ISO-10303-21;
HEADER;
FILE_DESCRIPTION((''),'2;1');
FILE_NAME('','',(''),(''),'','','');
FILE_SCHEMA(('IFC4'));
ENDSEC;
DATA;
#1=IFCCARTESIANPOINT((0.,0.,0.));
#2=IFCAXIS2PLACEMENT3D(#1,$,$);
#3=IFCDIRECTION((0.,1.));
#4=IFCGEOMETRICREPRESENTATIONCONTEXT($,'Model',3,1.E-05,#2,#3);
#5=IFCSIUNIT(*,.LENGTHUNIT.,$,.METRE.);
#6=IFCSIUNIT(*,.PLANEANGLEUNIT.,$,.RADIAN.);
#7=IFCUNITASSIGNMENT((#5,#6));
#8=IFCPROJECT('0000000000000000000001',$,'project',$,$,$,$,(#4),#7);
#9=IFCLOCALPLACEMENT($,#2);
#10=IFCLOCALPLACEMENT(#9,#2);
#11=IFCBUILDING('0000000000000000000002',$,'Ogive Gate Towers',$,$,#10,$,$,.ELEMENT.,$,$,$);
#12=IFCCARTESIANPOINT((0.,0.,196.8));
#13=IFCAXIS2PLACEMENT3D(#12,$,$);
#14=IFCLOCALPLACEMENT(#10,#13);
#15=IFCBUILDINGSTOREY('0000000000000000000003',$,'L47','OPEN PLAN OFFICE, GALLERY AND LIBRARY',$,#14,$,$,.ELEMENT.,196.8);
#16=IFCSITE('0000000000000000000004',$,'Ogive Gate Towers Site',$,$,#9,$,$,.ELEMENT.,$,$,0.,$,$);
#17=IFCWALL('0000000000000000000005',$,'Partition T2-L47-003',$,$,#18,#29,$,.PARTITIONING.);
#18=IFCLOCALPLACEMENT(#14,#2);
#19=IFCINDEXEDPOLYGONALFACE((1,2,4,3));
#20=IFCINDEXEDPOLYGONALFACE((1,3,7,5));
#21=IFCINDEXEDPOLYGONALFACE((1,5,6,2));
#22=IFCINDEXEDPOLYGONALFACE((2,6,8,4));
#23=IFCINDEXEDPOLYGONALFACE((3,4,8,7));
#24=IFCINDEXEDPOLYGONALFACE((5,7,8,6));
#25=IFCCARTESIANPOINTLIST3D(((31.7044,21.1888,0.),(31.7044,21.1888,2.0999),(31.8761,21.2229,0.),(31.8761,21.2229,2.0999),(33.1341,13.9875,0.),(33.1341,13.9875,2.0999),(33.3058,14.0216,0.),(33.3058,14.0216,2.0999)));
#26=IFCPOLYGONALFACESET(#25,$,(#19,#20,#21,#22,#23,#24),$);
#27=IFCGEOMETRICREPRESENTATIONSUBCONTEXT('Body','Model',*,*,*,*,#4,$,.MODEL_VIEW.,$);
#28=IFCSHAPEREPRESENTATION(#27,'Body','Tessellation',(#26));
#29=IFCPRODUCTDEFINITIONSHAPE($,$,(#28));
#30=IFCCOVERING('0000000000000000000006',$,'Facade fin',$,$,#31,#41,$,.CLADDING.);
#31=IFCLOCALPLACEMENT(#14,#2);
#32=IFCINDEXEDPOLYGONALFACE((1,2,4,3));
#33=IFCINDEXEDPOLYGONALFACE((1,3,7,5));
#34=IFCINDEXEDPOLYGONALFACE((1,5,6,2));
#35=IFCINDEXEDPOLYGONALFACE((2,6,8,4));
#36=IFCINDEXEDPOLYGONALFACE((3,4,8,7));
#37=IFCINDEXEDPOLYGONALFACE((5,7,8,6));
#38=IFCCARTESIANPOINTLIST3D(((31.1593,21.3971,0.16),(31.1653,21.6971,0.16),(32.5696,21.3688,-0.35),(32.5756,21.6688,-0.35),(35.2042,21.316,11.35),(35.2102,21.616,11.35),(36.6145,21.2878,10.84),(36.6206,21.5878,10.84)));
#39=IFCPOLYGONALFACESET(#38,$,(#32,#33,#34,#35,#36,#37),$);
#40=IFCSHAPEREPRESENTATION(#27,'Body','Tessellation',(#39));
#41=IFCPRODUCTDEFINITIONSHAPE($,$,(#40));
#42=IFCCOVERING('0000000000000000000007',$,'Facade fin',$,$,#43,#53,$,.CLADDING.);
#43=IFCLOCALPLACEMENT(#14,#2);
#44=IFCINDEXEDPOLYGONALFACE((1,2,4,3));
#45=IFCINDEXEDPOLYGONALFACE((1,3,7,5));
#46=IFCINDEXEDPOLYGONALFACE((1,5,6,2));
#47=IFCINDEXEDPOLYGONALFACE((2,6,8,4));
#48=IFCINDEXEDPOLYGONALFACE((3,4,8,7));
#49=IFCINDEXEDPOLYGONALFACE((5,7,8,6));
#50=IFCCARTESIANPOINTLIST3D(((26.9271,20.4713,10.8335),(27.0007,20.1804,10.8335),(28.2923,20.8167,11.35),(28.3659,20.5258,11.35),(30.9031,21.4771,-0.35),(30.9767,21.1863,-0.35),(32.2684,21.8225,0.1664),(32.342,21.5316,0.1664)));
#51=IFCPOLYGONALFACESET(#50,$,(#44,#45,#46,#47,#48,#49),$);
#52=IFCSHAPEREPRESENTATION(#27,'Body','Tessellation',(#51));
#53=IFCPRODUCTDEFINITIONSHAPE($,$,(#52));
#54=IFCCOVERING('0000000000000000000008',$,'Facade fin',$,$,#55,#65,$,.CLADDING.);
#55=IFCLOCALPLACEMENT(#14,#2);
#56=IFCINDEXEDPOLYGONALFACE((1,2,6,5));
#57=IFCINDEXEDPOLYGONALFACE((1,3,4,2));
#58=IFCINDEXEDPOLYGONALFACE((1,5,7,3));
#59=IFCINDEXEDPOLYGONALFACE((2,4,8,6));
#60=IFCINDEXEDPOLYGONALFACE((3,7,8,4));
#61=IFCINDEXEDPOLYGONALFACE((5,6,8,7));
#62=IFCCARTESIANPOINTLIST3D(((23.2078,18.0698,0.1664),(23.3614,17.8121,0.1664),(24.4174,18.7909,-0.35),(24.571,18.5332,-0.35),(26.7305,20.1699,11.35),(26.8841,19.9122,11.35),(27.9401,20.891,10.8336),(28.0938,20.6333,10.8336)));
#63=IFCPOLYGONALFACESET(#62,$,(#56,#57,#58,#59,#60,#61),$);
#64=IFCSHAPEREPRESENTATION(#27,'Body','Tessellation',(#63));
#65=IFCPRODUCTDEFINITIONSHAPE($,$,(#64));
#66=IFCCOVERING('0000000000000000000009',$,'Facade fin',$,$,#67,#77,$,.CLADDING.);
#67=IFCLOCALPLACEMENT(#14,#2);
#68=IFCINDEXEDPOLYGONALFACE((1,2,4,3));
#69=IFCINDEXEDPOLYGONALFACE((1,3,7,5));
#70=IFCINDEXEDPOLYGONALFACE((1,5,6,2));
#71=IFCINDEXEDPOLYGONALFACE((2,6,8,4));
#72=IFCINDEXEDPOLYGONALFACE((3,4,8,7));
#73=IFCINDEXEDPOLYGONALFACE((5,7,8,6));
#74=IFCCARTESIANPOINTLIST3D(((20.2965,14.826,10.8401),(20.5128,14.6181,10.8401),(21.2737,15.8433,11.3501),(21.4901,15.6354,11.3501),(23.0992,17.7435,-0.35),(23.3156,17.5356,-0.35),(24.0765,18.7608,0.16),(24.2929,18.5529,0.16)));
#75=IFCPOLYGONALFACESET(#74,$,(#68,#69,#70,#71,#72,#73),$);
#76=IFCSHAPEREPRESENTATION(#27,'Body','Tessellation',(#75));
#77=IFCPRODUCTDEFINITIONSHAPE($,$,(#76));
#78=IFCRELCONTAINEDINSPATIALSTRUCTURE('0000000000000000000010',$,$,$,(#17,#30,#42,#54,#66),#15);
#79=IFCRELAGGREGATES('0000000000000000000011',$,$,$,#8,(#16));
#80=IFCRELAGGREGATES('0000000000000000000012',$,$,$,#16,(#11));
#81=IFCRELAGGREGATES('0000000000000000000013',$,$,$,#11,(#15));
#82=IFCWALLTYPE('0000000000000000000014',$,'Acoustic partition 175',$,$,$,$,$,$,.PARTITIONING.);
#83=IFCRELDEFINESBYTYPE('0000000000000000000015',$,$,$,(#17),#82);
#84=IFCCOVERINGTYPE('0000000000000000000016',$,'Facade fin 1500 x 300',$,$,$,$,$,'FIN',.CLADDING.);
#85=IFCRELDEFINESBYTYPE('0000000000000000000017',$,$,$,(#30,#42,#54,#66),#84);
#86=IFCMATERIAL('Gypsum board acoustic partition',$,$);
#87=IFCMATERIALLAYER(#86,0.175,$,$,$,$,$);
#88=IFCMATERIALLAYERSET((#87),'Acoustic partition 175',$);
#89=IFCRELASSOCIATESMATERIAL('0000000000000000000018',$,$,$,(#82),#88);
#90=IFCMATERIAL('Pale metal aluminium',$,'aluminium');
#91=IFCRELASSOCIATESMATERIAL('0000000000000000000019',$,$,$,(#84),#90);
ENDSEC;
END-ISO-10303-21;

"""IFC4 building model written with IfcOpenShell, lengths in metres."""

from ifc_helpers import new_model, si_unit, direction, frame, frame_2d, origin, origin_2d, place, context, subcontext, project, spatial, rectangle, extrude, material, layer, layer_set, material_profile, profile_set, type_object, element, save


model = new_model("IFC4")

# Units and contexts
model_context = context("Model", 3, precision=1e-05, world=origin(), true_north=direction((0.0, 1.0)))
body_context = subcontext(model_context, "Body", "Model", "MODEL_VIEW")
ifc_project = project(units=[si_unit("LENGTHUNIT", "METRE"), si_unit("PLANEANGLEUNIT", "RADIAN")], contexts=[model_context])

# Site, building, storey
site_placement = place(None, origin())
site = spatial("IfcSite", under=ifc_project, at=site_placement, Name="Ogive Gate Towers Site", CompositionType="ELEMENT", RefElevation=0.0)
building_placement = place(site_placement, origin())
building = spatial("IfcBuilding", under=site, at=building_placement, Name="Ogive Gate Towers", CompositionType="ELEMENT")
storey_placement = place(building_placement, frame((0.0, 0.0, 196.8)))
storey = spatial("IfcBuildingStorey", under=building, at=storey_placement, Name="L47", Description="OPEN PLAN OFFICE, GALLERY AND LIBRARY", CompositionType="ELEMENT", Elevation=196.8)

# Shared definitions
ifc_material_1 = material(Name="Pale metal aluminium", Category="aluminium")

# Wall
ifc_material_2 = material(Name="Gypsum board acoustic partition")
ifc_layer_1 = layer(ifc_material_2, 0.175)
ifc_layer_set_1 = layer_set([ifc_layer_1], Name="Acoustic partition 175")
wall_type = type_object("IfcWallType", Name="Acoustic partition 175", PredefinedType="PARTITIONING", material=ifc_layer_set_1)
wall_placement = place(storey_placement, frame((31.7903, 21.2058, 0.0), z_axis=(0.0, 0.0, 1.0), x_axis=(0.194735, -0.980856, 0.0)))
element("IfcWall", 1, at=wall_placement, inside=storey, type_object=wall_type, Name="Partition T2-L47-003", PredefinedType="PARTITIONING", context=body_context, shape_type="SweptSolid", body=[
    extrude(rectangle(XDim=7.3418, YDim=0.175, at=frame_2d((3.6709, 0.0))), origin(), (0.0, 0.0, 1.0), 2.0999),
])

# Coverings
ifc_material_profile_1 = material_profile(ifc_material_1, rectangle(XDim=0.3, YDim=1.5, at=origin_2d()), Name="1500 x 300 pale metal aluminium")
ifc_profile_set_1 = profile_set([ifc_material_profile_1], Name="Pale metal aluminium")
covering_type = type_object("IfcCoveringType", Name="Facade fin 1500 x 300", ElementType="FIN", PredefinedType="CLADDING", material=ifc_profile_set_1)
covering_1_placement = place(storey_placement, frame((31.8674, 21.533, -0.095), z_axis=(0.339942, -0.006812, 0.940422), x_axis=(0.020035, 0.999799, 0.0)))
element("IfcCovering", 2, at=covering_1_placement, inside=storey, type_object=covering_type, Name="Facade fin", PredefinedType="CLADDING", context=body_context, shape_type="SweptSolid", body=[
    extrude(rectangle(XDim=0.3, YDim=1.5, at=origin_2d()), origin(), (0.0, 0.0, 1.0), 11.8989),
])
for number, where, z_axis, x_axis, name in (
    (3, (31.6226, 21.5044, -0.0918), (-0.33379, -0.084441, 0.938858), (0.245252, -0.969459, 0.0), "Facade fin"),
    (4, (23.8894, 18.3015, -0.0918), (0.295731, 0.176303, 0.938861), (-0.512069, 0.858944, 0.0), "Facade fin"),
):
    element("IfcCovering", number, at=place(storey_placement, frame(where, z_axis=z_axis, x_axis=x_axis)), inside=storey, type_object=covering_type, Name=name, PredefinedType="CLADDING", context=body_context, shape_type="SweptSolid", body=[
        extrude(rectangle(XDim=0.3, YDim=1.5, at=origin_2d()), origin(), (0.0, 0.0, 1.0), 11.9119),
    ])
covering_2_placement = place(storey_placement, frame((23.696, 18.1482, -0.095), z_axis=(-0.235547, -0.245191, 0.940425), x_axis=(0.721146, -0.692783, 0.0)))
element("IfcCovering", 5, at=covering_2_placement, inside=storey, type_object=covering_type, Name="Facade fin", PredefinedType="CLADDING", context=body_context, shape_type="SweptSolid", body=[
    extrude(rectangle(XDim=0.3, YDim=1.5, at=origin_2d()), origin(), (0.0, 0.0, 1.0), 11.8989),
])

save(model, "model.ifc")
